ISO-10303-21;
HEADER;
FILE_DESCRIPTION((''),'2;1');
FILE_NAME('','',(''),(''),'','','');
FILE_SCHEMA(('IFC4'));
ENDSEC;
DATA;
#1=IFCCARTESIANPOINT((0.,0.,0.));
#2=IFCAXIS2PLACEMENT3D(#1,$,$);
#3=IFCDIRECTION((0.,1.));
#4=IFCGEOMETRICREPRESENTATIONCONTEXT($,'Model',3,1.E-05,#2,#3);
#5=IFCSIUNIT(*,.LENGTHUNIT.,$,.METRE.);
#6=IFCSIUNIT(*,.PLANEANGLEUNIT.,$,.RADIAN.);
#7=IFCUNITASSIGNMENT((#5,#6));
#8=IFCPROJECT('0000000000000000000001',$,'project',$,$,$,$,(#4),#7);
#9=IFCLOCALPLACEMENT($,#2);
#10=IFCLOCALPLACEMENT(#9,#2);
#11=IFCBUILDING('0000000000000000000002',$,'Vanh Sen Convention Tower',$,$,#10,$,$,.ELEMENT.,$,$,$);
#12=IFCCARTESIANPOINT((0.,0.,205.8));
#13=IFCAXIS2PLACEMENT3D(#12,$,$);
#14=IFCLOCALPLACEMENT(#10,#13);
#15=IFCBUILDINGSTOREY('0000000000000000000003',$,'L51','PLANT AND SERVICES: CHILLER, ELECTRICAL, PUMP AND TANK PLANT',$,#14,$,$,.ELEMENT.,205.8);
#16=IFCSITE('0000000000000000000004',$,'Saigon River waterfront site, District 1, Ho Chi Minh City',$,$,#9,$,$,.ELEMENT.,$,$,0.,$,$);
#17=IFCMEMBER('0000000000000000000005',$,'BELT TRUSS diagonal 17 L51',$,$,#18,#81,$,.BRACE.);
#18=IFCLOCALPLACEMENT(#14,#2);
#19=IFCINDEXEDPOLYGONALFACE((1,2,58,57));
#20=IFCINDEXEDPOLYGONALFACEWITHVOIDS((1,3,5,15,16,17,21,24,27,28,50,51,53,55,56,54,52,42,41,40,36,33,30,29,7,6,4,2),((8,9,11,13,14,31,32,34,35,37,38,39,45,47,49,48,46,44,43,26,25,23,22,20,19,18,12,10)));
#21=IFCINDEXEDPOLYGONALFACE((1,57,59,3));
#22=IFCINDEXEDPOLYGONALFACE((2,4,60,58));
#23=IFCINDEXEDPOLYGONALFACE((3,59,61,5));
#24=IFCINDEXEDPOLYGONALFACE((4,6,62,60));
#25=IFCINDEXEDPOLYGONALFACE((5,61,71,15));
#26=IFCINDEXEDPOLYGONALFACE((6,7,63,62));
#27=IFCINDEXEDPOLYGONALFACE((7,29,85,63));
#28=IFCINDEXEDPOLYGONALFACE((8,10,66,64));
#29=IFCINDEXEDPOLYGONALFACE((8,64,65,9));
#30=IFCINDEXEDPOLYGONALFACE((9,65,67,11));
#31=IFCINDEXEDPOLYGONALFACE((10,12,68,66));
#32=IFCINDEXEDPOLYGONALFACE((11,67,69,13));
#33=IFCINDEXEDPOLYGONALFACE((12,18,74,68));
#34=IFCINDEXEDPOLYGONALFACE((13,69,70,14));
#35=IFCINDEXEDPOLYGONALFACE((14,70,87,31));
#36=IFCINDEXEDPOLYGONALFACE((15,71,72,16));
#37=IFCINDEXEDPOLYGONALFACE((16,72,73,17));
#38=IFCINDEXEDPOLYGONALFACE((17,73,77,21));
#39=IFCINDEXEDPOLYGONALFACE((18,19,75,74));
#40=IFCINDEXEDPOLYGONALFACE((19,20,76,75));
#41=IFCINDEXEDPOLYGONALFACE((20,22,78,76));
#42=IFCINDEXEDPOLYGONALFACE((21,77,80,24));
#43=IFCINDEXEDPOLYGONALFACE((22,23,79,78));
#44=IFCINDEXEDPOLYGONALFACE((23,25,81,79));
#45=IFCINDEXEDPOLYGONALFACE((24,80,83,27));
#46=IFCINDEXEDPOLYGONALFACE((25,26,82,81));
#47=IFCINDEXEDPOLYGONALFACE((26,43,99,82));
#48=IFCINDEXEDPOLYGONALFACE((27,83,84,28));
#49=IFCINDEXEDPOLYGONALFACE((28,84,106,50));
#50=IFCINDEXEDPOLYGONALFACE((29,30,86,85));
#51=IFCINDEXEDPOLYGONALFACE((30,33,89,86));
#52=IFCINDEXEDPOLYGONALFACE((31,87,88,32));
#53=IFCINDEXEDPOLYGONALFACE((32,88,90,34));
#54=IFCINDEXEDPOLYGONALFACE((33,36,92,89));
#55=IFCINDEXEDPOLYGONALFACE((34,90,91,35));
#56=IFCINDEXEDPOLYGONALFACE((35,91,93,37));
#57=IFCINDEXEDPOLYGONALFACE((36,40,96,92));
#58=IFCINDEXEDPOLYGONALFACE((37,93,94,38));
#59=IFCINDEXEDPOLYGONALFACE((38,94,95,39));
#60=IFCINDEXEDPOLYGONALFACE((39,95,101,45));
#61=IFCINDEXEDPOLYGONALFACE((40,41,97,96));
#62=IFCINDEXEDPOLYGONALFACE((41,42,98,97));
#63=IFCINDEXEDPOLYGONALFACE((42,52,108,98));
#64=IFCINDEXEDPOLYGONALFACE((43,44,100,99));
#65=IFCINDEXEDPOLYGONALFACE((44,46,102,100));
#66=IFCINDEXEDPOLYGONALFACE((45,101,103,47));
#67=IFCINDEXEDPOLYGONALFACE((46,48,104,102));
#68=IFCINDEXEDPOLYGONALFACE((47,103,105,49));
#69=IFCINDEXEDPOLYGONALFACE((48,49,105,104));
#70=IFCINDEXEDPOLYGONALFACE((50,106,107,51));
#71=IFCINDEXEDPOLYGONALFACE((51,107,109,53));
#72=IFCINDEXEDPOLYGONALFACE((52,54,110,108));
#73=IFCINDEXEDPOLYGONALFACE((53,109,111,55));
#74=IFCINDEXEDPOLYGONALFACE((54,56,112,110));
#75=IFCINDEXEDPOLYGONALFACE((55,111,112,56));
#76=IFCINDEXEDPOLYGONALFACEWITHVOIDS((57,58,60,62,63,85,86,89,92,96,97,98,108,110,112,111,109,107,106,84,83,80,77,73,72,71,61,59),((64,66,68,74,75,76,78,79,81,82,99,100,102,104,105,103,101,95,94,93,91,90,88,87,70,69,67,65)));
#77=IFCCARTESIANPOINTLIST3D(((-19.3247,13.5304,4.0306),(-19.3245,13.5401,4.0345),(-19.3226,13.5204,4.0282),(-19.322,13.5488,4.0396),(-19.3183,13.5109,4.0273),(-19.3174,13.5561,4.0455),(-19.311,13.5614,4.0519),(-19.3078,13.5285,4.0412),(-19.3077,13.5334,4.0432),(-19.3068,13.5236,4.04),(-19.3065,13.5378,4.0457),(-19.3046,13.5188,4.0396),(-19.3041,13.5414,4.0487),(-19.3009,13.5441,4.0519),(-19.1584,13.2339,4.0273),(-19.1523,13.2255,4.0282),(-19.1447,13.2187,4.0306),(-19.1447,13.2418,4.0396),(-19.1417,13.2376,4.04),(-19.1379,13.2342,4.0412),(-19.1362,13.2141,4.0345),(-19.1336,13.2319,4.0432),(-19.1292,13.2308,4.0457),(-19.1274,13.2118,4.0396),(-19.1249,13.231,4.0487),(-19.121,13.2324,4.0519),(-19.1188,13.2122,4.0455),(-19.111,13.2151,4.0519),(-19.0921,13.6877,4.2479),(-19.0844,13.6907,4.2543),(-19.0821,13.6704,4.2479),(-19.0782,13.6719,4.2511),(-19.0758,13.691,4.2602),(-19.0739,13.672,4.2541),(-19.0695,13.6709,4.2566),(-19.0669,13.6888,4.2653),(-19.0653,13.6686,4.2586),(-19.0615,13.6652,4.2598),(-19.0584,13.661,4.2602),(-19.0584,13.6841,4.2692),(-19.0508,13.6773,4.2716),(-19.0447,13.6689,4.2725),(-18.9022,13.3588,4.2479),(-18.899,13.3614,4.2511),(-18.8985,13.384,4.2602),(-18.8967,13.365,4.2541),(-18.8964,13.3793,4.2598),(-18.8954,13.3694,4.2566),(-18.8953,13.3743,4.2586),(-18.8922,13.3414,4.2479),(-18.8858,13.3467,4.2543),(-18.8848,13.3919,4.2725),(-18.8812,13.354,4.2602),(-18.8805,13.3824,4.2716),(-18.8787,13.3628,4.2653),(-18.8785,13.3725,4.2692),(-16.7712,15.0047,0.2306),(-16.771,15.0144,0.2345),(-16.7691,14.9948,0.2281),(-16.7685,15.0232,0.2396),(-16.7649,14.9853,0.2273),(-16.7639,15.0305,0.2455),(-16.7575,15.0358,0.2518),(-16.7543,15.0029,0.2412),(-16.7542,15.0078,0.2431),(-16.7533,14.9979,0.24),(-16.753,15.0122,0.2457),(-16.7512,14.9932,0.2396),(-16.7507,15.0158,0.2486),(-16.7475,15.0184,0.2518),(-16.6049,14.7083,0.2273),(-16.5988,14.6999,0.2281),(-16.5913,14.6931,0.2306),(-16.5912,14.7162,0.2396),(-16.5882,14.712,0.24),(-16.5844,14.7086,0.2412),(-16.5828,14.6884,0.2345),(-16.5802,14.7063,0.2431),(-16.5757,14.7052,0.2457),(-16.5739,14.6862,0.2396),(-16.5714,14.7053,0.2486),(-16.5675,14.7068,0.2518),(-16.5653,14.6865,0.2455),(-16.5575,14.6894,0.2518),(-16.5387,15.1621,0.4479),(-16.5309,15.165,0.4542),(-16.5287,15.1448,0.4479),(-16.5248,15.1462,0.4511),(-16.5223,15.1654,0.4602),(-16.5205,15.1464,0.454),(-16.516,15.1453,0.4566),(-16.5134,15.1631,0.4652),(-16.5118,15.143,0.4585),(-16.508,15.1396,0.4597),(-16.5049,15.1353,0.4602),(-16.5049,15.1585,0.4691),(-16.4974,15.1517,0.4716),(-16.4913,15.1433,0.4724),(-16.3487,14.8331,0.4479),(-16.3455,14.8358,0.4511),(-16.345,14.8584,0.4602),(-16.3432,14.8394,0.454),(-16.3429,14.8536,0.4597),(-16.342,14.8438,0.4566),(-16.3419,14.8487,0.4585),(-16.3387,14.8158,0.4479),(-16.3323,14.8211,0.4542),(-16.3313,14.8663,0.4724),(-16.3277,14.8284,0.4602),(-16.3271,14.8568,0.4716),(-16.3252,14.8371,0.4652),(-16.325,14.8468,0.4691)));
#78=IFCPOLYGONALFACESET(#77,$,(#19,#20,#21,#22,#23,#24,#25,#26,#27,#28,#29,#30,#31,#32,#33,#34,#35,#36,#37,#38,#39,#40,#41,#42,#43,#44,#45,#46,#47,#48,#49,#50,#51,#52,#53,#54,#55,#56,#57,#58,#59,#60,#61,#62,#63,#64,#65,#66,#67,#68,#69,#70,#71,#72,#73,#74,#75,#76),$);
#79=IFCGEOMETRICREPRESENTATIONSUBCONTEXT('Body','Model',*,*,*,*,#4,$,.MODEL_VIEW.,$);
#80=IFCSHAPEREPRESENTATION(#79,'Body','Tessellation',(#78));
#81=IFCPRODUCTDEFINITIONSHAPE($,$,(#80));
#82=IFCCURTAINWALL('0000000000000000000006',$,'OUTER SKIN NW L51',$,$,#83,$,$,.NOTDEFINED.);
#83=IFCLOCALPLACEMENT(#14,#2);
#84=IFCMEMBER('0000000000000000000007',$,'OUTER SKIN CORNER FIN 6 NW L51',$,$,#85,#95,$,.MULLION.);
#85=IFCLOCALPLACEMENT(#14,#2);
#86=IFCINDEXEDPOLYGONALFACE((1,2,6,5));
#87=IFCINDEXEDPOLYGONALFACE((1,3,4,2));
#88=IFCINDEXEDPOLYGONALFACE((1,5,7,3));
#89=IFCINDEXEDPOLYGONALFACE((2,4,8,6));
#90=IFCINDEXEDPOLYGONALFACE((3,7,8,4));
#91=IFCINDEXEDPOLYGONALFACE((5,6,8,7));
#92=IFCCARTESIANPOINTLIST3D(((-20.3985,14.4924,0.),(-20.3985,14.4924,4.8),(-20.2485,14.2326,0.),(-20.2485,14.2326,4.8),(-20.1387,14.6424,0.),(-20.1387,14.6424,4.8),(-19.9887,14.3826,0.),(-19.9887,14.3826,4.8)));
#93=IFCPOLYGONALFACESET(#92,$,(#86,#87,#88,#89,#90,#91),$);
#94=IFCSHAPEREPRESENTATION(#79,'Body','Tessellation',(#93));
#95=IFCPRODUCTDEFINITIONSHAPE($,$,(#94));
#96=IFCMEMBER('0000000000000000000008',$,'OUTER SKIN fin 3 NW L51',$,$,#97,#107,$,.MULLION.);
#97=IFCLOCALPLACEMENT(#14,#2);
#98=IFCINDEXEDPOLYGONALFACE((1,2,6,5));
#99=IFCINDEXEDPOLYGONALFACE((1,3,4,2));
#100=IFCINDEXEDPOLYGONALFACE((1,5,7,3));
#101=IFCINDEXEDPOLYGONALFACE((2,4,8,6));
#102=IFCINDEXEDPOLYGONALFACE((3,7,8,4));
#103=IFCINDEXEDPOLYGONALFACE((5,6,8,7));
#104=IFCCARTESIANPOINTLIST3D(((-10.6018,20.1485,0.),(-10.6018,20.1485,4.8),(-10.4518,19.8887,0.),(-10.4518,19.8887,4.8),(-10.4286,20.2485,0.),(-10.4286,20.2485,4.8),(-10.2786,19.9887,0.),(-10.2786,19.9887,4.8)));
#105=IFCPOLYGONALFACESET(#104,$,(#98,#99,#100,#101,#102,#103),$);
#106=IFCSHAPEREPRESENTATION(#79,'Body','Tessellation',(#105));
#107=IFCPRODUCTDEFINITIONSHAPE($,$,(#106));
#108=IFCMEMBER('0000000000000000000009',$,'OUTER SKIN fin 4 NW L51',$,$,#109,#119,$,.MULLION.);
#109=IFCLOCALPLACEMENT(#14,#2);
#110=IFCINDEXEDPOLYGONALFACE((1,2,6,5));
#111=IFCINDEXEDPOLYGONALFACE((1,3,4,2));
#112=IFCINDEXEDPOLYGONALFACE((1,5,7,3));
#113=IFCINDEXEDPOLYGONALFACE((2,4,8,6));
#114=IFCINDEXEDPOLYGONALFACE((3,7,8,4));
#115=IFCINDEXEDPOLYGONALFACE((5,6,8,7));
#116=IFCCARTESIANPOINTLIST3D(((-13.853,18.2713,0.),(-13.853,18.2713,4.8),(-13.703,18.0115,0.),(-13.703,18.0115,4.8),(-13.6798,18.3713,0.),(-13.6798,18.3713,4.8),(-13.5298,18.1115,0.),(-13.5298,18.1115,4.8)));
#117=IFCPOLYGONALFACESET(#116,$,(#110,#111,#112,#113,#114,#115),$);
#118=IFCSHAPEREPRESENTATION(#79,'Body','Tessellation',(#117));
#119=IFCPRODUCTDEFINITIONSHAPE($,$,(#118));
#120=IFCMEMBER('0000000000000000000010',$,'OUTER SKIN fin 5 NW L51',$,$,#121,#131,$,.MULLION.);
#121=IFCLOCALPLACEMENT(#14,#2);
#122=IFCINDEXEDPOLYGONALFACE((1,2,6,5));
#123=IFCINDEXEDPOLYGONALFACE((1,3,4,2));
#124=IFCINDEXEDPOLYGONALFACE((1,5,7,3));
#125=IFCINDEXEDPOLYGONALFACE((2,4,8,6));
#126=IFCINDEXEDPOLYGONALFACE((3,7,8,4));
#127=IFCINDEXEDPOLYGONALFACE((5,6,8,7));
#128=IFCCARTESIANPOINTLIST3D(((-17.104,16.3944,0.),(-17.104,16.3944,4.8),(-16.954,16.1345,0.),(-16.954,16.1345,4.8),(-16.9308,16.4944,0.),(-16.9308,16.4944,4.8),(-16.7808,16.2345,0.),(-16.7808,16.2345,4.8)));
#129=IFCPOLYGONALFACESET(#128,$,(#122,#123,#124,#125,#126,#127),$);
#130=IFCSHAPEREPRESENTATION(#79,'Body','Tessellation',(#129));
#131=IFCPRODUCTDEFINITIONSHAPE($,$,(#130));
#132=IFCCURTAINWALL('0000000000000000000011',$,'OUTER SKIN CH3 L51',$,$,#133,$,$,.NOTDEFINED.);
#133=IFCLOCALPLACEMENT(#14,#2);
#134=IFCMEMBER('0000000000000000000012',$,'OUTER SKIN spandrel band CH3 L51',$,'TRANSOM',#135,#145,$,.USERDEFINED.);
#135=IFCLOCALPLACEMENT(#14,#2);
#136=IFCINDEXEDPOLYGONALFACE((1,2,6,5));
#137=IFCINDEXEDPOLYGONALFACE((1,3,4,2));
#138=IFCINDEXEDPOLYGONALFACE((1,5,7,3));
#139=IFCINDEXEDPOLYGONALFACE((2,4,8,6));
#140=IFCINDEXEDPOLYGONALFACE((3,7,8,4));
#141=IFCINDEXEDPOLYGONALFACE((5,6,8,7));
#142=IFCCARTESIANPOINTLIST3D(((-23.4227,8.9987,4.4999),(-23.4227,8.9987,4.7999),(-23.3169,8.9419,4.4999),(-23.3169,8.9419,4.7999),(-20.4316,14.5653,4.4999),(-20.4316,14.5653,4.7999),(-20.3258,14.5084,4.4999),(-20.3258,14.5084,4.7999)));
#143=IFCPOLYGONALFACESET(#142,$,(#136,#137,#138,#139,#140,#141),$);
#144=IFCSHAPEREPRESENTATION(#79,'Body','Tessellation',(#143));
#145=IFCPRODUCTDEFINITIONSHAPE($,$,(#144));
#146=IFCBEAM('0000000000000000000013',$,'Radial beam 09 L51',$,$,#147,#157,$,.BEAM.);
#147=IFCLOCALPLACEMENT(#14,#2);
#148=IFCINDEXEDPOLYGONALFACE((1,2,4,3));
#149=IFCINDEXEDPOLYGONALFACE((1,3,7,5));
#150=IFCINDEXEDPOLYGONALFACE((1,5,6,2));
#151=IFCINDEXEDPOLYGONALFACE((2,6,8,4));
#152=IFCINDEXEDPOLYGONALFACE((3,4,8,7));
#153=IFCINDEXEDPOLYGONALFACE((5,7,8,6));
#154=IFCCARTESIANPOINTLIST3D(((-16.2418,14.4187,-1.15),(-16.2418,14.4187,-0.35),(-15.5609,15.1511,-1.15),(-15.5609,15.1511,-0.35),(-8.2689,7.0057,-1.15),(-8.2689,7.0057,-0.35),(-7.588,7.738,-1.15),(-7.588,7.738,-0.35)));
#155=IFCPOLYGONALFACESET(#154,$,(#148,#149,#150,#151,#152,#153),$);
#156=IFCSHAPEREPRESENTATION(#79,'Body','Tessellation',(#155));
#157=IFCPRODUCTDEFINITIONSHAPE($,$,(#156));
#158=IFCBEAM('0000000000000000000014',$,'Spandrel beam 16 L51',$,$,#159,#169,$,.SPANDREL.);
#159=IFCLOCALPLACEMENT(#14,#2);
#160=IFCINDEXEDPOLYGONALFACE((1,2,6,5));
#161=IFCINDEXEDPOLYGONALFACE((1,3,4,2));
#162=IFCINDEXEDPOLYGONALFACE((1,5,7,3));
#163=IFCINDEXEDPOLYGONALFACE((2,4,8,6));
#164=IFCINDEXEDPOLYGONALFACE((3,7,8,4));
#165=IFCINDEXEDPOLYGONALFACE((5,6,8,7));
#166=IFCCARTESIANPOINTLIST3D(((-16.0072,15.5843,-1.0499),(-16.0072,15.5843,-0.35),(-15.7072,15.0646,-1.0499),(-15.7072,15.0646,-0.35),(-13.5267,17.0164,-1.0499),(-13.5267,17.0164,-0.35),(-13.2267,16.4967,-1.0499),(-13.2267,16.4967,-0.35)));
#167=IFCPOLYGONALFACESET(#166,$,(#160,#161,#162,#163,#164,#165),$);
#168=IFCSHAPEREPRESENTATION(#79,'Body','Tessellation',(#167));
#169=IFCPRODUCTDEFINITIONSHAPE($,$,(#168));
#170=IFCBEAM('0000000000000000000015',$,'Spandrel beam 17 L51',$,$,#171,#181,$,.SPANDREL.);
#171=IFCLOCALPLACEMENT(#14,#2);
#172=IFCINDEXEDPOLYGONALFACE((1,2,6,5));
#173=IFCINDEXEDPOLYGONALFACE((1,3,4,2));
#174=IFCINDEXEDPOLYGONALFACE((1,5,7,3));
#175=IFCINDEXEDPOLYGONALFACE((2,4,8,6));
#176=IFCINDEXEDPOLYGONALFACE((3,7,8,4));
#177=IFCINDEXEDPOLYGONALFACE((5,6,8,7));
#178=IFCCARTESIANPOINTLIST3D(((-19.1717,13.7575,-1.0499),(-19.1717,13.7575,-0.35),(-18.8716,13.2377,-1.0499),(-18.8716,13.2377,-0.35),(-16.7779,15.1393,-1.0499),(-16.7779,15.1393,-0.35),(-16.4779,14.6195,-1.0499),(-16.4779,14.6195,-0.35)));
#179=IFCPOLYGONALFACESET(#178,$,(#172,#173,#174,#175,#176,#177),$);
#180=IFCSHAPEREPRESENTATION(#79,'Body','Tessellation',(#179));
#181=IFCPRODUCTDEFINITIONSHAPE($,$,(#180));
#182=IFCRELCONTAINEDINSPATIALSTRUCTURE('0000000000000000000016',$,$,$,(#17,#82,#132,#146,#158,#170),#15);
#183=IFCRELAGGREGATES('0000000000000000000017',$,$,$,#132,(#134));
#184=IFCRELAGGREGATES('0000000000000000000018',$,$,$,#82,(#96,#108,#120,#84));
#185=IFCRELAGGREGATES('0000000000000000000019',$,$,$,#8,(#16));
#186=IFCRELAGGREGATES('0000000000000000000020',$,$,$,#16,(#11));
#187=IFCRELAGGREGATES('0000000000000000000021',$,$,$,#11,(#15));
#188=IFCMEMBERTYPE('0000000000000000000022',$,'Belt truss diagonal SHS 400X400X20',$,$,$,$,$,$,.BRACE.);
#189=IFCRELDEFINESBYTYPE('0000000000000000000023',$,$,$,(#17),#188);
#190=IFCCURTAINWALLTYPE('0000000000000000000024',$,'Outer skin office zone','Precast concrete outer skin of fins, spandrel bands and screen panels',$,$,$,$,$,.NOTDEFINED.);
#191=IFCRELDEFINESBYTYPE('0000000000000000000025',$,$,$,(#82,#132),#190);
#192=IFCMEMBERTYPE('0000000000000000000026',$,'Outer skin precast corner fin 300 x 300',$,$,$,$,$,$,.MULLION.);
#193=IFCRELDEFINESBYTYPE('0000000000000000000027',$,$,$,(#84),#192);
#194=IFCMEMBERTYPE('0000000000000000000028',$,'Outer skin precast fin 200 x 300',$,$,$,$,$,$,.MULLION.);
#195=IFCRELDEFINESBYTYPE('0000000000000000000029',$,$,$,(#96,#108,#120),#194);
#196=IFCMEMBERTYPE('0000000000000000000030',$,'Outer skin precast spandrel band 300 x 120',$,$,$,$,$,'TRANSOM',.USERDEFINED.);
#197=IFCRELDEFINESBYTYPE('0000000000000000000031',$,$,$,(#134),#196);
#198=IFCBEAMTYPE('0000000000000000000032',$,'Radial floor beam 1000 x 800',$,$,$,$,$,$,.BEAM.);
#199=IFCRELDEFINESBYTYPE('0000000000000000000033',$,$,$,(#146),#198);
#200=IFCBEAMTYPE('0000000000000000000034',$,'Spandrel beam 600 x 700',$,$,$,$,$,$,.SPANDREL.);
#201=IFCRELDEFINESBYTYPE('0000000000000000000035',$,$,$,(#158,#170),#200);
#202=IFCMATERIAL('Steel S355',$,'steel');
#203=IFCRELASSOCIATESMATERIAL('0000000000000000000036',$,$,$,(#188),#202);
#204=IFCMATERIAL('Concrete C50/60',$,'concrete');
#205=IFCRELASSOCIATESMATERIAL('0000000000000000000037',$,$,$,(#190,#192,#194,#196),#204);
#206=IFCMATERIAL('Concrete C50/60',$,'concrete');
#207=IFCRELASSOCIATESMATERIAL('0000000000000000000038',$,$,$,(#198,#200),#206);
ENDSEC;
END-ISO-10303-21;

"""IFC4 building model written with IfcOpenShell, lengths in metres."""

from ifc_helpers import new_model, si_unit, direction, frame, origin, origin_2d, place, context, subcontext, project, spatial, rectangle, hollow_rectangle, extrude, material, material_profile, profile_set, type_object, element, aggregate, save


model = new_model("IFC4")

# Units and contexts
model_context = context("Model", 3, precision=1e-05, world=origin(), true_north=direction((0.0, 1.0)))
body_context = subcontext(model_context, "Body", "Model", "MODEL_VIEW")
ifc_project = project(units=[si_unit("LENGTHUNIT", "METRE"), si_unit("PLANEANGLEUNIT", "RADIAN")], contexts=[model_context])

# Site, building, storey
site_placement = place(None, origin())
site = spatial("IfcSite", under=ifc_project, at=site_placement, Name="Saigon River waterfront site, District 1, Ho Chi Minh City", CompositionType="ELEMENT", RefElevation=0.0)
building_placement = place(site_placement, origin())
building = spatial("IfcBuilding", under=site, at=building_placement, Name="Vanh Sen Convention Tower", CompositionType="ELEMENT")
storey_placement = place(building_placement, frame((0.0, 0.0, 205.8)))
storey = spatial("IfcBuildingStorey", under=building, at=storey_placement, Name="L51", Description="PLANT AND SERVICES: CHILLER, ELECTRICAL, PUMP AND TANK PLANT", CompositionType="ELEMENT", Elevation=205.8)

# Member
ifc_material_1 = material(Name="Steel S355", Category="steel")
ifc_material_profile_1 = material_profile(ifc_material_1, hollow_rectangle(XDim=0.3999, YDim=0.3999, WallThickness=0.02, InnerFilletRadius=0.02, OuterFilletRadius=0.04, at=origin_2d()), Name="SHS 400X400X20")
ifc_profile_set_1 = profile_set([ifc_material_profile_1], Name="Steel S355")
member_type_1 = type_object("IfcMemberType", Name="Belt truss diagonal SHS 400X400X20", PredefinedType="BRACE", material=ifc_profile_set_1)
member_1_placement = place(storey_placement, frame((-16.5481, 14.9258, 0.3499), z_axis=(-0.530887, -0.306533, 0.790061), x_axis=(0.500031, -0.866008, 0.0)))
element("IfcMember", 1, at=member_1_placement, inside=storey, type_object=member_type_1, Name="BELT TRUSS diagonal 17 L51", PredefinedType="BRACE", context=body_context, shape_type="SweptSolid", body=[
    extrude(hollow_rectangle(XDim=0.3999, YDim=0.3999, WallThickness=0.02, InnerFilletRadius=0.02, OuterFilletRadius=0.04, at=origin_2d()), origin(), (0.0, 0.0, 1.0), 4.8098),
])

# Curtain wall, members
ifc_material_2 = material(Name="Concrete C50/60", Category="concrete")
curtain_wall_type = type_object("IfcCurtainWallType", Name="Outer skin office zone", Description="Precast concrete outer skin of fins, spandrel bands and screen panels", PredefinedType="NOTDEFINED", material=ifc_material_2)
curtain_wall_1_placement = place(storey_placement, origin())
curtain_wall_1 = element("IfcCurtainWall", 2, at=curtain_wall_1_placement, inside=storey, type_object=curtain_wall_type, Name="OUTER SKIN NW L51", PredefinedType="NOTDEFINED")
ifc_material_profile_2 = material_profile(ifc_material_2, rectangle(XDim=0.3, YDim=0.3, at=origin_2d()), Name="Outer skin precast corner fin 300 x 300")
ifc_profile_set_2 = profile_set([ifc_material_profile_2], Name="Concrete C50/60")
member_type_2 = type_object("IfcMemberType", Name="Outer skin precast corner fin 300 x 300", PredefinedType="MULLION", material=ifc_profile_set_2)
member_2_placement = place(storey_placement, frame((-20.1936, 14.4375, 0.0), z_axis=(0.0, 0.0, 1.0), x_axis=(-0.866025, -0.5, 0.0)))
member_2 = element("IfcMember", 3, at=member_2_placement, type_object=member_type_2, Name="OUTER SKIN CORNER FIN 6 NW L51", PredefinedType="MULLION", context=body_context, shape_type="SweptSolid", body=[
    extrude(rectangle(XDim=0.3, YDim=0.3, at=origin_2d()), origin(), (0.0, 0.0, 1.0), 4.8),
])
ifc_material_profile_3 = material_profile(ifc_material_2, rectangle(XDim=0.2, YDim=0.3, at=origin_2d()), Name="Outer skin precast fin 200 x 300")
ifc_profile_set_3 = profile_set([ifc_material_profile_3], Name="Concrete C50/60")
member_type_3 = type_object("IfcMemberType", Name="Outer skin precast fin 200 x 300", PredefinedType="MULLION", material=ifc_profile_set_3)
member_3_placement = place(storey_placement, frame((-10.4402, 20.0686, 0.0), z_axis=(0.0, 0.0, 1.0), x_axis=(-0.866025, -0.5, 0.0)))
member_3 = element("IfcMember", 4, at=member_3_placement, type_object=member_type_3, Name="OUTER SKIN fin 3 NW L51", PredefinedType="MULLION", context=body_context, shape_type="SweptSolid", body=[
    extrude(rectangle(XDim=0.2, YDim=0.3, at=origin_2d()), origin(), (0.0, 0.0, 1.0), 4.8),
])
member_4_placement = place(storey_placement, frame((-13.6914, 18.1914, 0.0), z_axis=(0.0, 0.0, 1.0), x_axis=(-0.866025, -0.5, 0.0)))
member_4 = element("IfcMember", 5, at=member_4_placement, type_object=member_type_3, Name="OUTER SKIN fin 4 NW L51", PredefinedType="MULLION", context=body_context, shape_type="SweptSolid", body=[
    extrude(rectangle(XDim=0.2, YDim=0.3, at=origin_2d()), origin(), (0.0, 0.0, 1.0), 4.8),
])
member_5_placement = place(storey_placement, frame((-16.9424, 16.3145, 0.0), z_axis=(0.0, 0.0, 1.0), x_axis=(-0.866025, -0.5, 0.0)))
member_5 = element("IfcMember", 6, at=member_5_placement, type_object=member_type_3, Name="OUTER SKIN fin 5 NW L51", PredefinedType="MULLION", context=body_context, shape_type="SweptSolid", body=[
    extrude(rectangle(XDim=0.2, YDim=0.3, at=origin_2d()), origin(), (0.0, 0.0, 1.0), 4.8),
])

# Curtain wall, member
curtain_wall_2_placement = place(storey_placement, origin())
curtain_wall_2 = element("IfcCurtainWall", 7, at=curtain_wall_2_placement, inside=storey, type_object=curtain_wall_type, Name="OUTER SKIN CH3 L51", PredefinedType="NOTDEFINED")
ifc_material_profile_4 = material_profile(ifc_material_2, rectangle(XDim=0.1201, YDim=0.3, at=origin_2d()), Name="Outer skin precast spandrel band 300 x 120")
ifc_profile_set_4 = profile_set([ifc_material_profile_4], Name="Concrete C50/60")
member_type_4 = type_object("IfcMemberType", Name="Outer skin precast spandrel band 300 x 120", ElementType="TRANSOM", PredefinedType="USERDEFINED", material=ifc_profile_set_4)
member_6_placement = place(storey_placement, frame((-20.3787, 14.5369, 4.6499), z_axis=(-0.473337, -0.880881, 0.0), x_axis=(0.880881, -0.473337, 0.0)))
member_6 = element("IfcMember", 8, at=member_6_placement, type_object=member_type_4, Name="OUTER SKIN spandrel band CH3 L51", ObjectType="TRANSOM", PredefinedType="USERDEFINED", context=body_context, shape_type="SweptSolid", body=[
    extrude(rectangle(XDim=0.1201, YDim=0.3, at=origin_2d()), origin(), (0.0, 0.0, 1.0), 6.3193),
])
aggregate(curtain_wall_2, [member_6])

# Beams
ifc_material_3 = material(Name="Concrete C50/60", Category="concrete")
ifc_material_profile_5 = material_profile(ifc_material_3, rectangle(XDim=1.0, YDim=0.8, at=origin_2d()), Name="RC 1000X800")
ifc_profile_set_5 = profile_set([ifc_material_profile_5], Name="Concrete C50/60")
beam_type_1 = type_object("IfcBeamType", Name="Radial floor beam 1000 x 800", PredefinedType="BEAM", material=ifc_profile_set_5)
beam_1_placement = place(storey_placement, frame((-15.9014, 14.7849, -0.75), z_axis=(0.73235, -0.680928, 0.0), x_axis=(0.680928, 0.73235, 0.0)))
element("IfcBeam", 9, at=beam_1_placement, inside=storey, type_object=beam_type_1, Name="Radial beam 09 L51", PredefinedType="BEAM", context=body_context, shape_type="SweptSolid", body=[
    extrude(rectangle(XDim=1.0, YDim=0.8, at=origin_2d()), origin(), (0.0, 0.0, 1.0), 10.8867),
])
ifc_material_profile_6 = material_profile(ifc_material_3, rectangle(XDim=0.6001, YDim=0.7, at=origin_2d()), Name="RC 600X700")
ifc_profile_set_6 = profile_set([ifc_material_profile_6], Name="Concrete C50/60")
beam_type_2 = type_object("IfcBeamType", Name="Spandrel beam 600 x 700", PredefinedType="SPANDREL", material=ifc_profile_set_6)
beam_2_placement = place(storey_placement, frame((-13.3767, 16.7566, -0.7), z_axis=(-0.866021, -0.500008, 0.0), x_axis=(0.500008, -0.866021, 0.0)))
element("IfcBeam", 10, at=beam_2_placement, inside=storey, type_object=beam_type_2, Name="Spandrel beam 16 L51", PredefinedType="SPANDREL", context=body_context, shape_type="SweptSolid", body=[
    extrude(rectangle(XDim=0.6001, YDim=0.7, at=origin_2d()), origin(), (0.0, 0.0, 1.0), 2.8643),
])
beam_3_placement = place(storey_placement, frame((-16.6279, 14.8794, -0.7), z_axis=(-0.866061, -0.499939, 0.0), x_axis=(0.499939, -0.866061, 0.0)))
element("IfcBeam", 11, at=beam_3_placement, inside=storey, type_object=beam_type_2, Name="Spandrel beam 17 L51", PredefinedType="SPANDREL", context=body_context, shape_type="SweptSolid", body=[
    extrude(rectangle(XDim=0.6001, YDim=0.7, at=origin_2d()), origin(), (0.0, 0.0, 1.0), 2.7639),
])

aggregate(curtain_wall_1, [member_3, member_4, member_5, member_2])

save(model, "model.ifc")
